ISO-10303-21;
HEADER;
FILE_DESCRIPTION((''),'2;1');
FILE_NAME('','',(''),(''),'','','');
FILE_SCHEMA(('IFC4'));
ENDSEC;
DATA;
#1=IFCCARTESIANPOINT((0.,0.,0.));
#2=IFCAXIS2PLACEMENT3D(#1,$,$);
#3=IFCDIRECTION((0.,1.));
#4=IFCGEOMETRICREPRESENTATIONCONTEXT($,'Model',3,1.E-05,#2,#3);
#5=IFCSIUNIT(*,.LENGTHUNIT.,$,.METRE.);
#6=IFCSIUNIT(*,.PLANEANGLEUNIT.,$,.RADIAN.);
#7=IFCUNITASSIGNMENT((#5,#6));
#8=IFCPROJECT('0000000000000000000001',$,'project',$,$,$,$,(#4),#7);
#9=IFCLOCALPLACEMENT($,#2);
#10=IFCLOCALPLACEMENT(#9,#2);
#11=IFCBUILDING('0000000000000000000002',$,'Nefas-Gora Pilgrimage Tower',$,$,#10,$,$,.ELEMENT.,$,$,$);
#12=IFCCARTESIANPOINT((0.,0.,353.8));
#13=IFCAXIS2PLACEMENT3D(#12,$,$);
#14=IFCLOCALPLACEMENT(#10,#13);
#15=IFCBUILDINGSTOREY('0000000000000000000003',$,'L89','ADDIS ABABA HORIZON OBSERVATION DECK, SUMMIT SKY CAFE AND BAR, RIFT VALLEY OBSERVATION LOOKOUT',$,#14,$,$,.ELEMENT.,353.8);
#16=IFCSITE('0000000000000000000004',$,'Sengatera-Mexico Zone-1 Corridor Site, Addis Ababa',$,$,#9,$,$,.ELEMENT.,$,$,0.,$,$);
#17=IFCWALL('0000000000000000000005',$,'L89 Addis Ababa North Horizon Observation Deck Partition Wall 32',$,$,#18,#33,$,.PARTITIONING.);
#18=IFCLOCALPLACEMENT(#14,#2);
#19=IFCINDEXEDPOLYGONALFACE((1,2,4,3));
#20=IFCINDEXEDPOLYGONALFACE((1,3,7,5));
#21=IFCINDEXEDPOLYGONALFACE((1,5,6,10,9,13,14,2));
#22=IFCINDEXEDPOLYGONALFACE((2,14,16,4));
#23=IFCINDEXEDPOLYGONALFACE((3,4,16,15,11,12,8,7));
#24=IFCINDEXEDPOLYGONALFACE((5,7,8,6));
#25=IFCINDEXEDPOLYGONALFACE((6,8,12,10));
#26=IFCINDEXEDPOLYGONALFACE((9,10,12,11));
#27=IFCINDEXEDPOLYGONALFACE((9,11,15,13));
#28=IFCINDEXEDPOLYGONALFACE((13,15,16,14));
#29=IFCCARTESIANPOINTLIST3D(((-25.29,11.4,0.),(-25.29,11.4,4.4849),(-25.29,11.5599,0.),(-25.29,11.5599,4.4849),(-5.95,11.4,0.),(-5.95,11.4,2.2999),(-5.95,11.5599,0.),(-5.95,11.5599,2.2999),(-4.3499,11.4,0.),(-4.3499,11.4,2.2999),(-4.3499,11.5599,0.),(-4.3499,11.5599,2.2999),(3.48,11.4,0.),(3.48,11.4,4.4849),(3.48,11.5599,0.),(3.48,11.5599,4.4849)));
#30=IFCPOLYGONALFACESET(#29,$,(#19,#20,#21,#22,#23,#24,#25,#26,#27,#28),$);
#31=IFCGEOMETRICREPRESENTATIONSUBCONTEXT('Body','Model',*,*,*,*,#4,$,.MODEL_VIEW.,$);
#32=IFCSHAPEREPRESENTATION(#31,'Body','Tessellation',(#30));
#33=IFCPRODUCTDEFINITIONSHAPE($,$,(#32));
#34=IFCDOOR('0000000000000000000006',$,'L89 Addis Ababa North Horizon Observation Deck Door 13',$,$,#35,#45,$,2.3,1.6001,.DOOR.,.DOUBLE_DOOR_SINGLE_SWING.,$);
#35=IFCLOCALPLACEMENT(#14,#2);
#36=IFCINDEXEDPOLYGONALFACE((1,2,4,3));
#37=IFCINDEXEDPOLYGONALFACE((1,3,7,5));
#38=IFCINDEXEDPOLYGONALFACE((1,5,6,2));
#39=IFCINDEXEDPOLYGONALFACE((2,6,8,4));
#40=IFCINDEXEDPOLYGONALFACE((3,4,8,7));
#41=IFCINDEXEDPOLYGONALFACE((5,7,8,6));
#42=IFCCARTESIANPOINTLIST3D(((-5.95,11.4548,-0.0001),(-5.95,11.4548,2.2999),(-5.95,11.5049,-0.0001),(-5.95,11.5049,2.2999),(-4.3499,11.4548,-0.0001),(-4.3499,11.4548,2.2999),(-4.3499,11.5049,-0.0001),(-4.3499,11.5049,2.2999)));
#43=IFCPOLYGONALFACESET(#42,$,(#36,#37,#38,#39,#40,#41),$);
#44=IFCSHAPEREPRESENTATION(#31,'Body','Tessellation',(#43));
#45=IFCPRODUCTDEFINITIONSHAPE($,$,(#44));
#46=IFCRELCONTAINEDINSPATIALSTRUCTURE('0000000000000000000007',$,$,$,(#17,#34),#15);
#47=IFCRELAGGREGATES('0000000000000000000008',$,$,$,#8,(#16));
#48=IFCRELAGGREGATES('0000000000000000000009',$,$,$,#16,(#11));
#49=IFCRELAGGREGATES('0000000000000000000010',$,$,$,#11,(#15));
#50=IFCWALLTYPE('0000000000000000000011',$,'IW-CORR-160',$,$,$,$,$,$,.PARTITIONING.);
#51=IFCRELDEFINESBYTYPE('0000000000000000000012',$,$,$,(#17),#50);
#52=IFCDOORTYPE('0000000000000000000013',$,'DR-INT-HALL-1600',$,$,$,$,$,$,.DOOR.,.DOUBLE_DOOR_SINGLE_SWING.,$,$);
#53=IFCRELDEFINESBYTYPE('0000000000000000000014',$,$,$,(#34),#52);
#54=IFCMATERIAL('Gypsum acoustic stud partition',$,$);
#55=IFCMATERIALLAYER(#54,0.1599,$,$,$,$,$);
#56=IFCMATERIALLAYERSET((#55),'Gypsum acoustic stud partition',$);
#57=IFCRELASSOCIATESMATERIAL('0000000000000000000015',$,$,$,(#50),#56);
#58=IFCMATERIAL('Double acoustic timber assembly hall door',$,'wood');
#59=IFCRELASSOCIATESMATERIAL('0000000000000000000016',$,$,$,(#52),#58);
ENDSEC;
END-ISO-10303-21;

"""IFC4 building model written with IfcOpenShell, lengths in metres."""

from ifc_helpers import new_model, si_unit, direction, frame, frame_2d, origin, place, context, subcontext, project, spatial, rectangle, extrude, source, transform, mapped, material, layer, layer_set, type_object, element, fill, save


model = new_model("IFC4")

# Units and contexts
model_context = context("Model", 3, precision=1e-05, world=origin(), true_north=direction((0.0, 1.0)))
body_context = subcontext(model_context, "Body", "Model", "MODEL_VIEW")
ifc_project = project(units=[si_unit("LENGTHUNIT", "METRE"), si_unit("PLANEANGLEUNIT", "RADIAN")], contexts=[model_context])

# Site, building, storey
site_placement = place(None, origin())
site = spatial("IfcSite", under=ifc_project, at=site_placement, Name="Sengatera-Mexico Zone-1 Corridor Site, Addis Ababa", CompositionType="ELEMENT", RefElevation=0.0)
building_placement = place(site_placement, origin())
building = spatial("IfcBuilding", under=site, at=building_placement, Name="Nefas-Gora Pilgrimage Tower", CompositionType="ELEMENT")
storey_placement = place(building_placement, frame((0.0, 0.0, 353.8)))
storey = spatial("IfcBuildingStorey", under=building, at=storey_placement, Name="L89", Description="ADDIS ABABA HORIZON OBSERVATION DECK, SUMMIT SKY CAFE AND BAR, RIFT VALLEY OBSERVATION LOOKOUT", CompositionType="ELEMENT", Elevation=353.8)

# Wall, opening, door
ifc_material_1 = material(Name="Gypsum acoustic stud partition")
ifc_layer_1 = layer(ifc_material_1, 0.1599)
ifc_layer_set_1 = layer_set([ifc_layer_1], Name="Gypsum acoustic stud partition")
wall_type_1 = type_object("IfcWallType", Name="IW-CORR-160", PredefinedType="PARTITIONING", material=ifc_layer_set_1)
shared_shape_1 = source(origin(), body_context, "Body", "SweptSolid", [
    extrude(rectangle(XDim=28.77, YDim=0.1599, at=frame_2d((14.385, 0.0))), origin(), (0.0, 0.0, 1.0), 4.4849),
])
wall_1_placement = place(storey_placement, frame((-25.29, 11.48, 0.0), z_axis=(0.0, 0.0, 1.0), x_axis=(1.0, 0.0, 0.0)))
wall_1 = element("IfcWall", 1, at=wall_1_placement, inside=storey, type_object=wall_type_1, Name="L89 Addis Ababa North Horizon Observation Deck Partition Wall 32", PredefinedType="PARTITIONING", context=body_context, shape_type="MappedRepresentation", body=[
    mapped(shared_shape_1, transform((0.0, 0.0, 0.0), x_axis=(1.0, 0.0, 0.0), y_axis=(0.0, 1.0, 0.0), z_axis=(0.0, 0.0, 1.0), scale=1.0)),
])
opening_1_placement = place(wall_1_placement, frame((19.3401, 0.0, 0.0)))
opening_1 = element("IfcOpeningElement", 2, at=opening_1_placement, cuts=wall_1, PredefinedType="OPENING", context=body_context, shape_type="SweptSolid", body=[
    extrude(rectangle(XDim=1.6001, YDim=2.3, at=frame_2d((0.8, 1.1499))), frame((0.0, 0.0898, 0.0), z_axis=(0.0, -1.0, 0.0), x_axis=(1.0, 0.0, 0.0)), (0.0, 0.0, 1.0), 0.1799),
])
ifc_material_2 = material(Name="Double acoustic timber assembly hall door", Category="wood")
door_type = type_object("IfcDoorType", Name="DR-INT-HALL-1600", OperationType="DOUBLE_DOOR_SINGLE_SWING", PredefinedType="DOOR", material=ifc_material_2)
shared_shape_2 = source(origin(), body_context, "Body", "SweptSolid", [
    extrude(rectangle(XDim=1.6001, YDim=2.3, at=frame_2d((0.8, 1.1499))), frame((0.0, 0.0249, 0.0), z_axis=(0.0, -1.0, 0.0), x_axis=(1.0, 0.0, 0.0)), (0.0, 0.0, 1.0), 0.05),
])
door_placement = place(opening_1_placement, origin())
door = element("IfcDoor", 3, at=door_placement, inside=storey, type_object=door_type, Name="L89 Addis Ababa North Horizon Observation Deck Door 13", OperationType="DOUBLE_DOOR_SINGLE_SWING", OverallHeight=2.3, OverallWidth=1.6001, PredefinedType="DOOR", context=body_context, shape_type="MappedRepresentation", body=[
    mapped(shared_shape_2, transform((0.0, 0.0, 0.0), x_axis=(1.0, 0.0, 0.0), y_axis=(0.0, 1.0, 0.0), z_axis=(0.0, 0.0, 1.0), scale=1.0)),
])
fill(opening_1, door)

save(model, "model.ifc")
